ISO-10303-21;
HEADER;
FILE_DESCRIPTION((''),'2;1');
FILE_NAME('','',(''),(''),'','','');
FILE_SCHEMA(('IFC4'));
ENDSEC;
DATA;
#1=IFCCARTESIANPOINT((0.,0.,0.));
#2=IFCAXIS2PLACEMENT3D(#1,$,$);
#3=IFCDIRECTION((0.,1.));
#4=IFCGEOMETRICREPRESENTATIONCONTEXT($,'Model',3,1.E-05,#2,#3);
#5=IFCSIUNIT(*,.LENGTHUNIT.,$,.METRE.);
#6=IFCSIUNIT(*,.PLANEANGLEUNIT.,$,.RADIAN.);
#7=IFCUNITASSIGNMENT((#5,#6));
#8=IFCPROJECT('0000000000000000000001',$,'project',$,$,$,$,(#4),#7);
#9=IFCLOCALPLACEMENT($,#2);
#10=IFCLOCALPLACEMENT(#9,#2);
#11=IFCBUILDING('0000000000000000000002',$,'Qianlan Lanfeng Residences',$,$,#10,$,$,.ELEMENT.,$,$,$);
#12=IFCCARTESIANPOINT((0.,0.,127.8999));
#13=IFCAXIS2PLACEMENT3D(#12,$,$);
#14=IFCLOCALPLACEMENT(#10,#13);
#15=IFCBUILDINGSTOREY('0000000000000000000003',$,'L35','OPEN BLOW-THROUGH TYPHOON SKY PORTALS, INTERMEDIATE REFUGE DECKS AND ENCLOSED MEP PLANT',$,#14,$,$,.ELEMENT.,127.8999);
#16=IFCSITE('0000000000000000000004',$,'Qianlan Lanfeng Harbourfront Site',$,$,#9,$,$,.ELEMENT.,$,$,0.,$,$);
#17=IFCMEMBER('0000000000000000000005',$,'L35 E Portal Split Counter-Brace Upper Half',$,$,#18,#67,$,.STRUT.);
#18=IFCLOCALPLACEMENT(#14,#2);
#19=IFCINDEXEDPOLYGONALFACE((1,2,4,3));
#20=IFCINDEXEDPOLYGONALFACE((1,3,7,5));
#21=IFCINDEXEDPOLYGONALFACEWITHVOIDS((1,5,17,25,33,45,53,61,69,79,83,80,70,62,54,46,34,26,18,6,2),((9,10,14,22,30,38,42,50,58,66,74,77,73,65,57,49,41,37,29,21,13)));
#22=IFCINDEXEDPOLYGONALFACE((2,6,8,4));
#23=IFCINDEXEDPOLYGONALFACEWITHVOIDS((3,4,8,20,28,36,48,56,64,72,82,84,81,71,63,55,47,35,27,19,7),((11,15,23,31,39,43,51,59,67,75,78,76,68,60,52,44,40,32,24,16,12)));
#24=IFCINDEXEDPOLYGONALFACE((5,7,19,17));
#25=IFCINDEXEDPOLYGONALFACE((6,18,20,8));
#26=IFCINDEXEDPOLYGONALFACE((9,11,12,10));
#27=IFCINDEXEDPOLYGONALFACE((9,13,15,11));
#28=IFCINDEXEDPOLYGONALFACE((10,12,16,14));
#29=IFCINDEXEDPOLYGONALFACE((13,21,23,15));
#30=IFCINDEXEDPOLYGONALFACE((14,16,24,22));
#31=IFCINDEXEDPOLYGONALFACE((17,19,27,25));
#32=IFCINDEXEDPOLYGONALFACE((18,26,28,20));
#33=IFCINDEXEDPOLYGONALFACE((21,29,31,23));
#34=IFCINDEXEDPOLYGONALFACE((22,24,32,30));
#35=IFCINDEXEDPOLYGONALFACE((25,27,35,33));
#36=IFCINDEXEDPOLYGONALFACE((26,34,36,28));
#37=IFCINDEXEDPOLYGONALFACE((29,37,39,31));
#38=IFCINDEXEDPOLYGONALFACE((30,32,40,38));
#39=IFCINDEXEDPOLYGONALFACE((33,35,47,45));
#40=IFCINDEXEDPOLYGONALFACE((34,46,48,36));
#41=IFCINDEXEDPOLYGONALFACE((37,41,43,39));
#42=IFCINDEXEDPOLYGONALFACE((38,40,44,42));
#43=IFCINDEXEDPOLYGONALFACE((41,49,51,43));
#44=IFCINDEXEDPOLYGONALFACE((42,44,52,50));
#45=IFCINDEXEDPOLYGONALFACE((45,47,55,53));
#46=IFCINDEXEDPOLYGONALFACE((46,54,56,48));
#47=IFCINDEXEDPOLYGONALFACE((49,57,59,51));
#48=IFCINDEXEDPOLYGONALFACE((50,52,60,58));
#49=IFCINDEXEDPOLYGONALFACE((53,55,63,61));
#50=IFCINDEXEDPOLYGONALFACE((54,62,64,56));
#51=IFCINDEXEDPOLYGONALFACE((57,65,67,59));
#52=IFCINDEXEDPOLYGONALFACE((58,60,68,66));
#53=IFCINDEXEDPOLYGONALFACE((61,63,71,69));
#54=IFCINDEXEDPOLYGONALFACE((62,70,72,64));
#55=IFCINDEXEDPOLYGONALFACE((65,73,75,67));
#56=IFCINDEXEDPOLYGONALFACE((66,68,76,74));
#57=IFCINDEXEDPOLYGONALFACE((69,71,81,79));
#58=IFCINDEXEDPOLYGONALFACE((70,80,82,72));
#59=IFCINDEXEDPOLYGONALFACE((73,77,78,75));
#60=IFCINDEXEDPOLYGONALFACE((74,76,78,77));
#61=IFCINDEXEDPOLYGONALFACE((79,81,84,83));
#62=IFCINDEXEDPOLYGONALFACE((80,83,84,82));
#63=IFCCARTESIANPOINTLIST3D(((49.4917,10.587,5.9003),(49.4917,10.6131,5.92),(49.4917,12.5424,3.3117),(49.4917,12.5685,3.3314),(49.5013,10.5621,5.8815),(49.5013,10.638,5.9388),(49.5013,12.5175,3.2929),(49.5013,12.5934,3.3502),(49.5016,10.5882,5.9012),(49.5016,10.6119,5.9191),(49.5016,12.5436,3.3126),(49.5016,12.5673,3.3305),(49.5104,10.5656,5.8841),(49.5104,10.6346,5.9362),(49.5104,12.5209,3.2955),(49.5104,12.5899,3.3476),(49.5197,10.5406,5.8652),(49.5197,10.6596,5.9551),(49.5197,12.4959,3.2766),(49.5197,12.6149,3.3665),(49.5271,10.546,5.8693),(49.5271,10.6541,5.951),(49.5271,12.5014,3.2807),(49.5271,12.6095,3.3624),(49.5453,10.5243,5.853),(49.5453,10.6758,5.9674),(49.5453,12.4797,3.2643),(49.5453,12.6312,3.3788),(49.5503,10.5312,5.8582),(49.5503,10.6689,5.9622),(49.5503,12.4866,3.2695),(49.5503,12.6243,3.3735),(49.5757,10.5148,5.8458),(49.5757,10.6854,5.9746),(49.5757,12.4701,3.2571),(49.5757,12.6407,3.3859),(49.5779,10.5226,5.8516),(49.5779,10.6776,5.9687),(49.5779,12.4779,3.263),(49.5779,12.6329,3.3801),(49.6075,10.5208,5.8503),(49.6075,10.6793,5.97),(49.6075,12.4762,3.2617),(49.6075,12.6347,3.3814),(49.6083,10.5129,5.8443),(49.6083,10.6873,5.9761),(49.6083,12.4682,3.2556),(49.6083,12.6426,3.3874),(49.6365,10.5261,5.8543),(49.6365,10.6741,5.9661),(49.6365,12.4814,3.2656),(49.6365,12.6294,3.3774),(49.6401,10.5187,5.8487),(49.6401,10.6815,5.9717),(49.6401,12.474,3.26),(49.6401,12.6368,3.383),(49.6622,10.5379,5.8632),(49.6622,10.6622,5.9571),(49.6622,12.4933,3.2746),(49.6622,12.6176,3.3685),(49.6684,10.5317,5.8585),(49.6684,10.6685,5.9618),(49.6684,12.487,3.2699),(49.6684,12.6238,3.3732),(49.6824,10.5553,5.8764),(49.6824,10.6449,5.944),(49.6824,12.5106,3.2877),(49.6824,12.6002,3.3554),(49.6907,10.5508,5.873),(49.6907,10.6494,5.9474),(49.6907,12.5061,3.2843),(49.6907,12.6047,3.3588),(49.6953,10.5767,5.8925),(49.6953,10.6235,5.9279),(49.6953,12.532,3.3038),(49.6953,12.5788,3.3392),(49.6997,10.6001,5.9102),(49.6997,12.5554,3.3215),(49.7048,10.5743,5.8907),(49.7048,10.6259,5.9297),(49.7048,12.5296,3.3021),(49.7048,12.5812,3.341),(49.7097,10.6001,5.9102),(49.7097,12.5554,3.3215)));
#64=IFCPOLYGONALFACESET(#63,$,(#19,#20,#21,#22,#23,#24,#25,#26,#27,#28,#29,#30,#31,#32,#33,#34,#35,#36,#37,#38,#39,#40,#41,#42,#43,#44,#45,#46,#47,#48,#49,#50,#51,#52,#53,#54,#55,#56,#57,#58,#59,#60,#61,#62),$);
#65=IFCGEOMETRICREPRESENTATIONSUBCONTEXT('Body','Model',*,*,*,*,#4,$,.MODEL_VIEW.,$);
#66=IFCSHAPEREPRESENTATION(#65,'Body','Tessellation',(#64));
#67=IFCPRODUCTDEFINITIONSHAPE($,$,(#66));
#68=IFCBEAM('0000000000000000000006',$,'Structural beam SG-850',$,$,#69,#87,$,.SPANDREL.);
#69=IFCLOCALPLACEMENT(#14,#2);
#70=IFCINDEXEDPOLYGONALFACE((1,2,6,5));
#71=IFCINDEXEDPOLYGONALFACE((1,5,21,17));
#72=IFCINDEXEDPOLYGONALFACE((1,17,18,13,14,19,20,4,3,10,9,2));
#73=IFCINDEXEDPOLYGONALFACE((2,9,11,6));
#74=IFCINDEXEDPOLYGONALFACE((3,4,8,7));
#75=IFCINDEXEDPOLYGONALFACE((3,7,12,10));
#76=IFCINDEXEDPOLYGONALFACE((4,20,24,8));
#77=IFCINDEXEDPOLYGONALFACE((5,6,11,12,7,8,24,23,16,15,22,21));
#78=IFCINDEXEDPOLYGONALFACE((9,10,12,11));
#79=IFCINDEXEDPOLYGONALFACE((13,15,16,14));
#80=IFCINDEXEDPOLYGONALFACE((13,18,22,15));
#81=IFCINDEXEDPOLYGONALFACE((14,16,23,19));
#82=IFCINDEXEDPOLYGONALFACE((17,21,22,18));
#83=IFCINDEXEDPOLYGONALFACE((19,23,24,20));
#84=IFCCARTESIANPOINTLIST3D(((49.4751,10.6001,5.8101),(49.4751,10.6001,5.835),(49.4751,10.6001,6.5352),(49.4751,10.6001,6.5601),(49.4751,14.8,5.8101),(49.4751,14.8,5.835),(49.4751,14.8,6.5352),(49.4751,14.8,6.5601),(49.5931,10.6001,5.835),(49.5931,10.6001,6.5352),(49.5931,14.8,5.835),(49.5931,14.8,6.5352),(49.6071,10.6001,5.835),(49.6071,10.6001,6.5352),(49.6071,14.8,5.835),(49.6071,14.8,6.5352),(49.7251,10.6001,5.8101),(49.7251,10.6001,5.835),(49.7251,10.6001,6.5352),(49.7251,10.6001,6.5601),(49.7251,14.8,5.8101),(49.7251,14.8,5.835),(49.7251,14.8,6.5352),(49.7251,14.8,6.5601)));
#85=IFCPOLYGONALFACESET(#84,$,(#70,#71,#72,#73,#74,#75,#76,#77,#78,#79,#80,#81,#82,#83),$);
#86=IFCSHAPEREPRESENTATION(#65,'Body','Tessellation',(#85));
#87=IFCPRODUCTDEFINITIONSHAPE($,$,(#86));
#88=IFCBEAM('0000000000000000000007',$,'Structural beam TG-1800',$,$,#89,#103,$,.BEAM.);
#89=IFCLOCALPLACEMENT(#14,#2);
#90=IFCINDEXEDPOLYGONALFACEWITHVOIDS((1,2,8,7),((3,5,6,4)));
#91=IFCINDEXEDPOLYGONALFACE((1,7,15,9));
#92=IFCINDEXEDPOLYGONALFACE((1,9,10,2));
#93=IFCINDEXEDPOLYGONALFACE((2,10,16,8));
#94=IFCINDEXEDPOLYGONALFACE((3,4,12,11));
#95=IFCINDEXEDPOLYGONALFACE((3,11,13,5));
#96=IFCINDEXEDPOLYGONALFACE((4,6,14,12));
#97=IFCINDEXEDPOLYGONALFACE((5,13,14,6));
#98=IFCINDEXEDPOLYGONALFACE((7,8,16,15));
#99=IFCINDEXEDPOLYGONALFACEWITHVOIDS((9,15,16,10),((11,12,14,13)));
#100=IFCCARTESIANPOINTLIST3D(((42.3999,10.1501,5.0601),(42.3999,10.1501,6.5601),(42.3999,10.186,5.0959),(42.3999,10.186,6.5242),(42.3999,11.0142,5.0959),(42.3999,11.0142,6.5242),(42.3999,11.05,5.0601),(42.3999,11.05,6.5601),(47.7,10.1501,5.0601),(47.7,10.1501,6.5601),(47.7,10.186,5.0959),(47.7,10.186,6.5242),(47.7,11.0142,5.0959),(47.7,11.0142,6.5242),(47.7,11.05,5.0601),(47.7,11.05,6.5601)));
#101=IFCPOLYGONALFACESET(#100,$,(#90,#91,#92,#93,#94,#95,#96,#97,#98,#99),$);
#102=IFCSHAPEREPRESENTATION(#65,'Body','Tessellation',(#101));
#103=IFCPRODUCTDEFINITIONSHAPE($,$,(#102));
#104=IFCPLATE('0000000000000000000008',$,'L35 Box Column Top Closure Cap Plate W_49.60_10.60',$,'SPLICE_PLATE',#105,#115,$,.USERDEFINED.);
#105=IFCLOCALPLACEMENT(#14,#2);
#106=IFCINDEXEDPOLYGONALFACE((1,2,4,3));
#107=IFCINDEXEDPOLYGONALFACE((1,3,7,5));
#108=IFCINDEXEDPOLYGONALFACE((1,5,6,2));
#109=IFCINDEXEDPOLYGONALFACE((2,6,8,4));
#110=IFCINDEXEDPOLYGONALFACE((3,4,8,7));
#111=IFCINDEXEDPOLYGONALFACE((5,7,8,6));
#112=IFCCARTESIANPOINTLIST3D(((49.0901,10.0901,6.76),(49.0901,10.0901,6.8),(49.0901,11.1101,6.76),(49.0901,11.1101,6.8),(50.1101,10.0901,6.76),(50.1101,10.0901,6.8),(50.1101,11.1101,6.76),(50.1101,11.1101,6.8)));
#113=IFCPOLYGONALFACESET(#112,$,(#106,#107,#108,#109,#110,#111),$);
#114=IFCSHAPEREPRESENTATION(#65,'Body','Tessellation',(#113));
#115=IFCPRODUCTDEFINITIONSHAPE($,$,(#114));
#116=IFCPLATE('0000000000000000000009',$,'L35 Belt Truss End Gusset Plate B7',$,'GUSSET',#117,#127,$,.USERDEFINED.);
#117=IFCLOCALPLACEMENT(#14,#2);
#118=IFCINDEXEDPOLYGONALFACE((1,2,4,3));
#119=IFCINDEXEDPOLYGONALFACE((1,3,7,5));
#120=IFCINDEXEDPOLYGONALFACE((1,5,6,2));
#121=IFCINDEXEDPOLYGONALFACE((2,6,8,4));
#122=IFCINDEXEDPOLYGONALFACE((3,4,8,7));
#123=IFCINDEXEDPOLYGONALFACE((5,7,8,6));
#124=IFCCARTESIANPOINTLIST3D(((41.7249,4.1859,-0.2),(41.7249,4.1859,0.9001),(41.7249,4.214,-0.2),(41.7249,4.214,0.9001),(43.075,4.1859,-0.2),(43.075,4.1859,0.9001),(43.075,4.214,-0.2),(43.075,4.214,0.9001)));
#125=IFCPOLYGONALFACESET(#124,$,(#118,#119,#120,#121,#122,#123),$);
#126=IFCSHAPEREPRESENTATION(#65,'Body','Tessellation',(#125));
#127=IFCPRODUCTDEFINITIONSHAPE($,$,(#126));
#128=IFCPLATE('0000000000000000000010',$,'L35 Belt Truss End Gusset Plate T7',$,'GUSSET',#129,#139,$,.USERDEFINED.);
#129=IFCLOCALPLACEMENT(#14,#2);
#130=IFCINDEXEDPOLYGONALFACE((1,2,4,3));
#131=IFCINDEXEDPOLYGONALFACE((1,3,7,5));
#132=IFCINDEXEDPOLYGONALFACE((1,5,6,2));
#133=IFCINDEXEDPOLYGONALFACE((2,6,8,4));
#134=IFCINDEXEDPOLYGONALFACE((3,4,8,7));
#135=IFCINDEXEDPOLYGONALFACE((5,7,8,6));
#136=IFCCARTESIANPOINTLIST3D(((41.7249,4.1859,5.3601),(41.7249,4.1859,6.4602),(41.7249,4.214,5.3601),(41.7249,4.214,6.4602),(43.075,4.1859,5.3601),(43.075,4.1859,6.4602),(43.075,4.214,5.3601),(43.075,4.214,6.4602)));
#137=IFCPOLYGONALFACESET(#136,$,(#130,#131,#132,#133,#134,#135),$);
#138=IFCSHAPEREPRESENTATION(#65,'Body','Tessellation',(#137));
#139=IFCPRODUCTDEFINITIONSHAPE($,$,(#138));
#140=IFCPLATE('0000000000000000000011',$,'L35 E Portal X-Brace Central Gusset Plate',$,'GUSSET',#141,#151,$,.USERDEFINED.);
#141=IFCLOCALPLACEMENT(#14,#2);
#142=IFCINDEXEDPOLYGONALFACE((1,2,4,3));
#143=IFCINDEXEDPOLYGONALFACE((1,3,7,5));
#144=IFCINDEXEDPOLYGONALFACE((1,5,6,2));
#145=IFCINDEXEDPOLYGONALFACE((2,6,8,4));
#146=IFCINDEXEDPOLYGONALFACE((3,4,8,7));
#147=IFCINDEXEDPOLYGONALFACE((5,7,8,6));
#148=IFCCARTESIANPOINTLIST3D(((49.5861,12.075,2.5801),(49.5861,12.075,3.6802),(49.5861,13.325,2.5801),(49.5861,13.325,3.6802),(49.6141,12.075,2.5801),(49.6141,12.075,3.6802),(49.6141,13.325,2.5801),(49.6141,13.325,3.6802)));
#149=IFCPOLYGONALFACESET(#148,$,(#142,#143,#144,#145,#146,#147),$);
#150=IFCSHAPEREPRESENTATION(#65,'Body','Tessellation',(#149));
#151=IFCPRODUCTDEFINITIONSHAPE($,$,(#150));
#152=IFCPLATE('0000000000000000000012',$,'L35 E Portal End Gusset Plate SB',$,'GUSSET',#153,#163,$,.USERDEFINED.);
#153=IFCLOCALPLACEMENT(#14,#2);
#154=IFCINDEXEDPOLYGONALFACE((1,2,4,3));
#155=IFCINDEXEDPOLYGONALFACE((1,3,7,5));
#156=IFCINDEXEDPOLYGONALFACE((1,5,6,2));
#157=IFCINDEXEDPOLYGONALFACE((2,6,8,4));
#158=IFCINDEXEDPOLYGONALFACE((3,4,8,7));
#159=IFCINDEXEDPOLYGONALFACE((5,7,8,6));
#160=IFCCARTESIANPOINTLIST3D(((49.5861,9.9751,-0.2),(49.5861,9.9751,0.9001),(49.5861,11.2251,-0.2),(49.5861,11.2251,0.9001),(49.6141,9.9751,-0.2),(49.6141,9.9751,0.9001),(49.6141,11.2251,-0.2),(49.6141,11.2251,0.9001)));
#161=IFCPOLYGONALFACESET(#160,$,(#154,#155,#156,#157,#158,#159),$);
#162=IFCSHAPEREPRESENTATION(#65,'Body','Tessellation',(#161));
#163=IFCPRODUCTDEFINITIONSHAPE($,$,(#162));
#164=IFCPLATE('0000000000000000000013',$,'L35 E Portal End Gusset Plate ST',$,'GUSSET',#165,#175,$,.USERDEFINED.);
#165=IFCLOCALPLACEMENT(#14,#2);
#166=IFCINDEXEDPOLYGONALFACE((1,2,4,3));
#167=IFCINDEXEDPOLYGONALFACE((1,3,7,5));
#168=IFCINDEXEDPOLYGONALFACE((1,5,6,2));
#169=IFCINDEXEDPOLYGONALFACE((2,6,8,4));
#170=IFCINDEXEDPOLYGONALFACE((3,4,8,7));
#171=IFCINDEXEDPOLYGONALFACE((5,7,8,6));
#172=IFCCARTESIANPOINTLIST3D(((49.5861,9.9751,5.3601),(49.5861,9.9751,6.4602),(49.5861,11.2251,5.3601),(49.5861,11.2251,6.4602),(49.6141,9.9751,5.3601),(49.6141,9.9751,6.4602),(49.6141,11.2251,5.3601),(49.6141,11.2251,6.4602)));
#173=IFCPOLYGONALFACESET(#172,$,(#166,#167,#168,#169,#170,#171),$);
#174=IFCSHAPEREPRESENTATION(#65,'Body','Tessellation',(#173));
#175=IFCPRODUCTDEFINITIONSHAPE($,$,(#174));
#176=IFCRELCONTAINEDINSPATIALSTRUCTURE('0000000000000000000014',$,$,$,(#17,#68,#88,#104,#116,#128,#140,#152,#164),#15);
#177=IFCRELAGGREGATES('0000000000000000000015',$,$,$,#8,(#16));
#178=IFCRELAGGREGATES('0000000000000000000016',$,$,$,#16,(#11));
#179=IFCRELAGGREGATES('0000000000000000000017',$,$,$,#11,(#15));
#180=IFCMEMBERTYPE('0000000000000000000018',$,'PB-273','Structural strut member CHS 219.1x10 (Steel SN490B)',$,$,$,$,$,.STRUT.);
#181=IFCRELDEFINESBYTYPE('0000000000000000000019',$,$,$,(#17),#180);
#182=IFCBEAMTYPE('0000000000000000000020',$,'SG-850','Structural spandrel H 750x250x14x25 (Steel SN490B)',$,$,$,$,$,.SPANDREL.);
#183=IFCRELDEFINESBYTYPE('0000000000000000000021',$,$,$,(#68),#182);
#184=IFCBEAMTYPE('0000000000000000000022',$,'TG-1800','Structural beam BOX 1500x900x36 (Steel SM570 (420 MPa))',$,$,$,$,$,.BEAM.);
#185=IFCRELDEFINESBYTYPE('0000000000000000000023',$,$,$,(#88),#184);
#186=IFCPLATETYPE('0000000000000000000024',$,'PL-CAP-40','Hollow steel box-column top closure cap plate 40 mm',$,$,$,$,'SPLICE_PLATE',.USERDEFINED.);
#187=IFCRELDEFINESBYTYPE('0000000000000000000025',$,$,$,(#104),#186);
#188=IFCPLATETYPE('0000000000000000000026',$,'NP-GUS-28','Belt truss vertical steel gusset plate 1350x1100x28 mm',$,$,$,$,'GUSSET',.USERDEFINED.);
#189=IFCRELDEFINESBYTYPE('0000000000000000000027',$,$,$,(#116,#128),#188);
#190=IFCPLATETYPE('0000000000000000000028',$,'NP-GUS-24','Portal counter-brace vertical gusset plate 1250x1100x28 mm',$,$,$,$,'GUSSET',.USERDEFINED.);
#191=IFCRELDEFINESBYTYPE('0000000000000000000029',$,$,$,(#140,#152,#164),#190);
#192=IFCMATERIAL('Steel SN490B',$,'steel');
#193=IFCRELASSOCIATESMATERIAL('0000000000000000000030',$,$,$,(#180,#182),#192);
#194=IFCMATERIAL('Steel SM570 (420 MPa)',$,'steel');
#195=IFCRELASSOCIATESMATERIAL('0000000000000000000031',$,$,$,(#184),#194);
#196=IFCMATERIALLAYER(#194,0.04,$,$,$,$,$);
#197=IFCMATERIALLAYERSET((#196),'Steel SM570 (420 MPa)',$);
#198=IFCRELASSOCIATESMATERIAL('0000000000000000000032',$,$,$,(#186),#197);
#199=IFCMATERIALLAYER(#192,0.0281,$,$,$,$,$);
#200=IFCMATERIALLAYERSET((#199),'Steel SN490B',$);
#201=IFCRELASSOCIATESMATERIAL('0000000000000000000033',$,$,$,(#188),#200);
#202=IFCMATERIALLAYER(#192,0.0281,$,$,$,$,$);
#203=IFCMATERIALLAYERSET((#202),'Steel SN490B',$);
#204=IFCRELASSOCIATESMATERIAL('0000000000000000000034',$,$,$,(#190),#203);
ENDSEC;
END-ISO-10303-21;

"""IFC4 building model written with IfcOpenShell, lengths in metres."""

from ifc_helpers import new_model, si_unit, direction, frame, origin, origin_2d, place, context, subcontext, project, spatial, rectangle, hollow_rectangle, hollow_circle, i_section, extrude, source, transform, mapped, material, layer, layer_set, material_profile, profile_set, type_object, element, save


model = new_model("IFC4")

# Units and contexts
model_context = context("Model", 3, precision=1e-05, world=origin(), true_north=direction((0.0, 1.0)))
body_context = subcontext(model_context, "Body", "Model", "MODEL_VIEW")
ifc_project = project(units=[si_unit("LENGTHUNIT", "METRE"), si_unit("PLANEANGLEUNIT", "RADIAN")], contexts=[model_context])

# Site, building, storey
site_placement = place(None, origin())
site = spatial("IfcSite", under=ifc_project, at=site_placement, Name="Qianlan Lanfeng Harbourfront Site", CompositionType="ELEMENT", RefElevation=0.0)
building_placement = place(site_placement, origin())
building = spatial("IfcBuilding", under=site, at=building_placement, Name="Qianlan Lanfeng Residences", CompositionType="ELEMENT")
storey_placement = place(building_placement, frame((0.0, 0.0, 127.8999)))
storey = spatial("IfcBuildingStorey", under=building, at=storey_placement, Name="L35", Description="OPEN BLOW-THROUGH TYPHOON SKY PORTALS, INTERMEDIATE REFUGE DECKS AND ENCLOSED MEP PLANT", CompositionType="ELEMENT", Elevation=127.8999)

# Shared definitions
ifc_material_1 = material(Name="Steel SN490B", Category="steel")

# Member
ifc_material_profile_1 = material_profile(ifc_material_1, hollow_circle(Radius=0.1096, WallThickness=0.01, at=origin_2d()), Name="CHS 219.1x10")
ifc_profile_set_1 = profile_set([ifc_material_profile_1], Name="Steel SN490B")
member_type_1 = type_object("IfcMemberType", Name="PB-273", Description="Structural strut member CHS 219.1x10 (Steel SN490B)", PredefinedType="STRUT", material=ifc_profile_set_1)
member_1_placement = place(storey_placement, frame((49.6001, 12.5554, 3.3215), z_axis=(0.0, -0.60273, 0.797945), x_axis=(1.0, 0.0, 0.0)))
element("IfcMember", 1, at=member_1_placement, inside=storey, type_object=member_type_1, Name="L35 E Portal Split Counter-Brace Upper Half", PredefinedType="STRUT", context=body_context, shape_type="SweptSolid", body=[
    extrude(hollow_circle(Radius=0.1096, WallThickness=0.01, at=origin_2d()), origin(), (0.0, 0.0, 1.0), 3.2441),
])

# Beams
ifc_material_profile_2 = material_profile(ifc_material_1, i_section(OverallWidth=0.25, OverallDepth=0.75, WebThickness=0.0139, FlangeThickness=0.0249, at=origin_2d()), Name="H 750x250x14x25")
ifc_profile_set_2 = profile_set([ifc_material_profile_2], Name="Steel SN490B")
beam_type_1 = type_object("IfcBeamType", Name="SG-850", Description="Structural spandrel H 750x250x14x25 (Steel SN490B)", PredefinedType="SPANDREL", material=ifc_profile_set_2)
beam_1_placement = place(storey_placement, frame((49.6001, 10.6001, 6.1851), z_axis=(0.0, 1.0, 0.0), x_axis=(-1.0, 0.0, 0.0)))
element("IfcBeam", 2, at=beam_1_placement, inside=storey, type_object=beam_type_1, Name="Structural beam SG-850", PredefinedType="SPANDREL", context=body_context, shape_type="SweptSolid", body=[
    extrude(i_section(OverallWidth=0.25, OverallDepth=0.75, WebThickness=0.0139, FlangeThickness=0.0249, at=origin_2d()), origin(), (0.0, 0.0, 1.0), 4.2),
])
ifc_material_2 = material(Name="Steel SM570 (420 MPa)", Category="steel")
ifc_material_profile_3 = material_profile(ifc_material_2, hollow_rectangle(XDim=0.8999, YDim=1.5, WallThickness=0.0359, at=origin_2d()), Name="BOX 1500x900x36")
ifc_profile_set_3 = profile_set([ifc_material_profile_3], Name="Steel SM570 (420 MPa)")
beam_type_2 = type_object("IfcBeamType", Name="TG-1800", Description="Structural beam BOX 1500x900x36 (Steel SM570 (420 MPa))", PredefinedType="BEAM", material=ifc_profile_set_3)
beam_2_placement = place(storey_placement, frame((42.3999, 10.6001, 5.8101), z_axis=(1.0, 0.0, 0.0), x_axis=(0.0, 1.0, 0.0)))
element("IfcBeam", 3, at=beam_2_placement, inside=storey, type_object=beam_type_2, Name="Structural beam TG-1800", PredefinedType="BEAM", context=body_context, shape_type="SweptSolid", body=[
    extrude(hollow_rectangle(XDim=0.8999, YDim=1.5, WallThickness=0.0359, at=origin_2d()), origin(), (0.0, 0.0, 1.0), 5.3),
])

# Plates
ifc_layer_1 = layer(ifc_material_2, 0.04)
ifc_layer_set_1 = layer_set([ifc_layer_1], Name="Steel SM570 (420 MPa)")
plate_type_1 = type_object("IfcPlateType", Name="PL-CAP-40", Description="Hollow steel box-column top closure cap plate 40 mm", ElementType="SPLICE_PLATE", PredefinedType="USERDEFINED", material=ifc_layer_set_1)
shared_shape_1 = source(origin(), body_context, "Body", "SweptSolid", [
    extrude(rectangle(XDim=1.02, YDim=1.02, at=origin_2d()), origin(), (0.0, 0.0, 1.0), 0.04),
])
plate_placement = place(storey_placement, frame((49.6001, 10.6001, 6.76), z_axis=(0.0, 0.0, 1.0), x_axis=(1.0, 0.0, 0.0)))
element("IfcPlate", 4, at=plate_placement, inside=storey, type_object=plate_type_1, Name="L35 Box Column Top Closure Cap Plate W_49.60_10.60", ObjectType="SPLICE_PLATE", PredefinedType="USERDEFINED", context=body_context, shape_type="MappedRepresentation", body=[
    mapped(shared_shape_1, transform((0.0, 0.0, 0.0), scale=1.0)),
])
ifc_layer_2 = layer(ifc_material_1, 0.0281)
ifc_layer_set_2 = layer_set([ifc_layer_2], Name="Steel SN490B")
plate_type_2 = type_object("IfcPlateType", Name="NP-GUS-28", Description="Belt truss vertical steel gusset plate 1350x1100x28 mm", ElementType="GUSSET", PredefinedType="USERDEFINED", material=ifc_layer_set_2)
shared_shape_2 = source(origin(), body_context, "Body", "SweptSolid", [
    extrude(rectangle(XDim=1.3501, YDim=0.0281, at=origin_2d()), origin(), (0.0, 0.0, 1.0), 1.1001),
])
for number, where, z_axis, x_axis, name in (
    (5, (42.3999, 4.2, -0.2), (0.0, 0.0, 1.0), (1.0, 0.0, 0.0), "L35 Belt Truss End Gusset Plate B7"),
    (6, (42.3999, 4.2, 5.3601), (0.0, 0.0, 1.0), (1.0, 0.0, 0.0), "L35 Belt Truss End Gusset Plate T7"),
):
    element("IfcPlate", number, at=place(storey_placement, frame(where, z_axis=z_axis, x_axis=x_axis)), inside=storey, type_object=plate_type_2, Name=name, ObjectType="GUSSET", PredefinedType="USERDEFINED", context=body_context, shape_type="MappedRepresentation", body=[
        mapped(shared_shape_2, transform((0.0, 0.0, 0.0), scale=1.0)),
    ])
ifc_layer_3 = layer(ifc_material_1, 0.0281)
ifc_layer_set_3 = layer_set([ifc_layer_3], Name="Steel SN490B")
plate_type_3 = type_object("IfcPlateType", Name="NP-GUS-24", Description="Portal counter-brace vertical gusset plate 1250x1100x28 mm", ElementType="GUSSET", PredefinedType="USERDEFINED", material=ifc_layer_set_3)
shared_shape_3 = source(origin(), body_context, "Body", "SweptSolid", [
    extrude(rectangle(XDim=0.0281, YDim=1.25, at=origin_2d()), origin(), (0.0, 0.0, 1.0), 1.1001),
])
for number, where, z_axis, x_axis, name in (
    (7, (49.6001, 12.7, 2.5801), (0.0, 0.0, 1.0), (1.0, 0.0, 0.0), "L35 E Portal X-Brace Central Gusset Plate"),
    (8, (49.6001, 10.6001, -0.2), (0.0, 0.0, 1.0), (1.0, 0.0, 0.0), "L35 E Portal End Gusset Plate SB"),
    (9, (49.6001, 10.6001, 5.3601), (0.0, 0.0, 1.0), (1.0, 0.0, 0.0), "L35 E Portal End Gusset Plate ST"),
):
    element("IfcPlate", number, at=place(storey_placement, frame(where, z_axis=z_axis, x_axis=x_axis)), inside=storey, type_object=plate_type_3, Name=name, ObjectType="GUSSET", PredefinedType="USERDEFINED", context=body_context, shape_type="MappedRepresentation", body=[
        mapped(shared_shape_3, transform((0.0, 0.0, 0.0), scale=1.0)),
    ])

save(model, "model.ifc")
